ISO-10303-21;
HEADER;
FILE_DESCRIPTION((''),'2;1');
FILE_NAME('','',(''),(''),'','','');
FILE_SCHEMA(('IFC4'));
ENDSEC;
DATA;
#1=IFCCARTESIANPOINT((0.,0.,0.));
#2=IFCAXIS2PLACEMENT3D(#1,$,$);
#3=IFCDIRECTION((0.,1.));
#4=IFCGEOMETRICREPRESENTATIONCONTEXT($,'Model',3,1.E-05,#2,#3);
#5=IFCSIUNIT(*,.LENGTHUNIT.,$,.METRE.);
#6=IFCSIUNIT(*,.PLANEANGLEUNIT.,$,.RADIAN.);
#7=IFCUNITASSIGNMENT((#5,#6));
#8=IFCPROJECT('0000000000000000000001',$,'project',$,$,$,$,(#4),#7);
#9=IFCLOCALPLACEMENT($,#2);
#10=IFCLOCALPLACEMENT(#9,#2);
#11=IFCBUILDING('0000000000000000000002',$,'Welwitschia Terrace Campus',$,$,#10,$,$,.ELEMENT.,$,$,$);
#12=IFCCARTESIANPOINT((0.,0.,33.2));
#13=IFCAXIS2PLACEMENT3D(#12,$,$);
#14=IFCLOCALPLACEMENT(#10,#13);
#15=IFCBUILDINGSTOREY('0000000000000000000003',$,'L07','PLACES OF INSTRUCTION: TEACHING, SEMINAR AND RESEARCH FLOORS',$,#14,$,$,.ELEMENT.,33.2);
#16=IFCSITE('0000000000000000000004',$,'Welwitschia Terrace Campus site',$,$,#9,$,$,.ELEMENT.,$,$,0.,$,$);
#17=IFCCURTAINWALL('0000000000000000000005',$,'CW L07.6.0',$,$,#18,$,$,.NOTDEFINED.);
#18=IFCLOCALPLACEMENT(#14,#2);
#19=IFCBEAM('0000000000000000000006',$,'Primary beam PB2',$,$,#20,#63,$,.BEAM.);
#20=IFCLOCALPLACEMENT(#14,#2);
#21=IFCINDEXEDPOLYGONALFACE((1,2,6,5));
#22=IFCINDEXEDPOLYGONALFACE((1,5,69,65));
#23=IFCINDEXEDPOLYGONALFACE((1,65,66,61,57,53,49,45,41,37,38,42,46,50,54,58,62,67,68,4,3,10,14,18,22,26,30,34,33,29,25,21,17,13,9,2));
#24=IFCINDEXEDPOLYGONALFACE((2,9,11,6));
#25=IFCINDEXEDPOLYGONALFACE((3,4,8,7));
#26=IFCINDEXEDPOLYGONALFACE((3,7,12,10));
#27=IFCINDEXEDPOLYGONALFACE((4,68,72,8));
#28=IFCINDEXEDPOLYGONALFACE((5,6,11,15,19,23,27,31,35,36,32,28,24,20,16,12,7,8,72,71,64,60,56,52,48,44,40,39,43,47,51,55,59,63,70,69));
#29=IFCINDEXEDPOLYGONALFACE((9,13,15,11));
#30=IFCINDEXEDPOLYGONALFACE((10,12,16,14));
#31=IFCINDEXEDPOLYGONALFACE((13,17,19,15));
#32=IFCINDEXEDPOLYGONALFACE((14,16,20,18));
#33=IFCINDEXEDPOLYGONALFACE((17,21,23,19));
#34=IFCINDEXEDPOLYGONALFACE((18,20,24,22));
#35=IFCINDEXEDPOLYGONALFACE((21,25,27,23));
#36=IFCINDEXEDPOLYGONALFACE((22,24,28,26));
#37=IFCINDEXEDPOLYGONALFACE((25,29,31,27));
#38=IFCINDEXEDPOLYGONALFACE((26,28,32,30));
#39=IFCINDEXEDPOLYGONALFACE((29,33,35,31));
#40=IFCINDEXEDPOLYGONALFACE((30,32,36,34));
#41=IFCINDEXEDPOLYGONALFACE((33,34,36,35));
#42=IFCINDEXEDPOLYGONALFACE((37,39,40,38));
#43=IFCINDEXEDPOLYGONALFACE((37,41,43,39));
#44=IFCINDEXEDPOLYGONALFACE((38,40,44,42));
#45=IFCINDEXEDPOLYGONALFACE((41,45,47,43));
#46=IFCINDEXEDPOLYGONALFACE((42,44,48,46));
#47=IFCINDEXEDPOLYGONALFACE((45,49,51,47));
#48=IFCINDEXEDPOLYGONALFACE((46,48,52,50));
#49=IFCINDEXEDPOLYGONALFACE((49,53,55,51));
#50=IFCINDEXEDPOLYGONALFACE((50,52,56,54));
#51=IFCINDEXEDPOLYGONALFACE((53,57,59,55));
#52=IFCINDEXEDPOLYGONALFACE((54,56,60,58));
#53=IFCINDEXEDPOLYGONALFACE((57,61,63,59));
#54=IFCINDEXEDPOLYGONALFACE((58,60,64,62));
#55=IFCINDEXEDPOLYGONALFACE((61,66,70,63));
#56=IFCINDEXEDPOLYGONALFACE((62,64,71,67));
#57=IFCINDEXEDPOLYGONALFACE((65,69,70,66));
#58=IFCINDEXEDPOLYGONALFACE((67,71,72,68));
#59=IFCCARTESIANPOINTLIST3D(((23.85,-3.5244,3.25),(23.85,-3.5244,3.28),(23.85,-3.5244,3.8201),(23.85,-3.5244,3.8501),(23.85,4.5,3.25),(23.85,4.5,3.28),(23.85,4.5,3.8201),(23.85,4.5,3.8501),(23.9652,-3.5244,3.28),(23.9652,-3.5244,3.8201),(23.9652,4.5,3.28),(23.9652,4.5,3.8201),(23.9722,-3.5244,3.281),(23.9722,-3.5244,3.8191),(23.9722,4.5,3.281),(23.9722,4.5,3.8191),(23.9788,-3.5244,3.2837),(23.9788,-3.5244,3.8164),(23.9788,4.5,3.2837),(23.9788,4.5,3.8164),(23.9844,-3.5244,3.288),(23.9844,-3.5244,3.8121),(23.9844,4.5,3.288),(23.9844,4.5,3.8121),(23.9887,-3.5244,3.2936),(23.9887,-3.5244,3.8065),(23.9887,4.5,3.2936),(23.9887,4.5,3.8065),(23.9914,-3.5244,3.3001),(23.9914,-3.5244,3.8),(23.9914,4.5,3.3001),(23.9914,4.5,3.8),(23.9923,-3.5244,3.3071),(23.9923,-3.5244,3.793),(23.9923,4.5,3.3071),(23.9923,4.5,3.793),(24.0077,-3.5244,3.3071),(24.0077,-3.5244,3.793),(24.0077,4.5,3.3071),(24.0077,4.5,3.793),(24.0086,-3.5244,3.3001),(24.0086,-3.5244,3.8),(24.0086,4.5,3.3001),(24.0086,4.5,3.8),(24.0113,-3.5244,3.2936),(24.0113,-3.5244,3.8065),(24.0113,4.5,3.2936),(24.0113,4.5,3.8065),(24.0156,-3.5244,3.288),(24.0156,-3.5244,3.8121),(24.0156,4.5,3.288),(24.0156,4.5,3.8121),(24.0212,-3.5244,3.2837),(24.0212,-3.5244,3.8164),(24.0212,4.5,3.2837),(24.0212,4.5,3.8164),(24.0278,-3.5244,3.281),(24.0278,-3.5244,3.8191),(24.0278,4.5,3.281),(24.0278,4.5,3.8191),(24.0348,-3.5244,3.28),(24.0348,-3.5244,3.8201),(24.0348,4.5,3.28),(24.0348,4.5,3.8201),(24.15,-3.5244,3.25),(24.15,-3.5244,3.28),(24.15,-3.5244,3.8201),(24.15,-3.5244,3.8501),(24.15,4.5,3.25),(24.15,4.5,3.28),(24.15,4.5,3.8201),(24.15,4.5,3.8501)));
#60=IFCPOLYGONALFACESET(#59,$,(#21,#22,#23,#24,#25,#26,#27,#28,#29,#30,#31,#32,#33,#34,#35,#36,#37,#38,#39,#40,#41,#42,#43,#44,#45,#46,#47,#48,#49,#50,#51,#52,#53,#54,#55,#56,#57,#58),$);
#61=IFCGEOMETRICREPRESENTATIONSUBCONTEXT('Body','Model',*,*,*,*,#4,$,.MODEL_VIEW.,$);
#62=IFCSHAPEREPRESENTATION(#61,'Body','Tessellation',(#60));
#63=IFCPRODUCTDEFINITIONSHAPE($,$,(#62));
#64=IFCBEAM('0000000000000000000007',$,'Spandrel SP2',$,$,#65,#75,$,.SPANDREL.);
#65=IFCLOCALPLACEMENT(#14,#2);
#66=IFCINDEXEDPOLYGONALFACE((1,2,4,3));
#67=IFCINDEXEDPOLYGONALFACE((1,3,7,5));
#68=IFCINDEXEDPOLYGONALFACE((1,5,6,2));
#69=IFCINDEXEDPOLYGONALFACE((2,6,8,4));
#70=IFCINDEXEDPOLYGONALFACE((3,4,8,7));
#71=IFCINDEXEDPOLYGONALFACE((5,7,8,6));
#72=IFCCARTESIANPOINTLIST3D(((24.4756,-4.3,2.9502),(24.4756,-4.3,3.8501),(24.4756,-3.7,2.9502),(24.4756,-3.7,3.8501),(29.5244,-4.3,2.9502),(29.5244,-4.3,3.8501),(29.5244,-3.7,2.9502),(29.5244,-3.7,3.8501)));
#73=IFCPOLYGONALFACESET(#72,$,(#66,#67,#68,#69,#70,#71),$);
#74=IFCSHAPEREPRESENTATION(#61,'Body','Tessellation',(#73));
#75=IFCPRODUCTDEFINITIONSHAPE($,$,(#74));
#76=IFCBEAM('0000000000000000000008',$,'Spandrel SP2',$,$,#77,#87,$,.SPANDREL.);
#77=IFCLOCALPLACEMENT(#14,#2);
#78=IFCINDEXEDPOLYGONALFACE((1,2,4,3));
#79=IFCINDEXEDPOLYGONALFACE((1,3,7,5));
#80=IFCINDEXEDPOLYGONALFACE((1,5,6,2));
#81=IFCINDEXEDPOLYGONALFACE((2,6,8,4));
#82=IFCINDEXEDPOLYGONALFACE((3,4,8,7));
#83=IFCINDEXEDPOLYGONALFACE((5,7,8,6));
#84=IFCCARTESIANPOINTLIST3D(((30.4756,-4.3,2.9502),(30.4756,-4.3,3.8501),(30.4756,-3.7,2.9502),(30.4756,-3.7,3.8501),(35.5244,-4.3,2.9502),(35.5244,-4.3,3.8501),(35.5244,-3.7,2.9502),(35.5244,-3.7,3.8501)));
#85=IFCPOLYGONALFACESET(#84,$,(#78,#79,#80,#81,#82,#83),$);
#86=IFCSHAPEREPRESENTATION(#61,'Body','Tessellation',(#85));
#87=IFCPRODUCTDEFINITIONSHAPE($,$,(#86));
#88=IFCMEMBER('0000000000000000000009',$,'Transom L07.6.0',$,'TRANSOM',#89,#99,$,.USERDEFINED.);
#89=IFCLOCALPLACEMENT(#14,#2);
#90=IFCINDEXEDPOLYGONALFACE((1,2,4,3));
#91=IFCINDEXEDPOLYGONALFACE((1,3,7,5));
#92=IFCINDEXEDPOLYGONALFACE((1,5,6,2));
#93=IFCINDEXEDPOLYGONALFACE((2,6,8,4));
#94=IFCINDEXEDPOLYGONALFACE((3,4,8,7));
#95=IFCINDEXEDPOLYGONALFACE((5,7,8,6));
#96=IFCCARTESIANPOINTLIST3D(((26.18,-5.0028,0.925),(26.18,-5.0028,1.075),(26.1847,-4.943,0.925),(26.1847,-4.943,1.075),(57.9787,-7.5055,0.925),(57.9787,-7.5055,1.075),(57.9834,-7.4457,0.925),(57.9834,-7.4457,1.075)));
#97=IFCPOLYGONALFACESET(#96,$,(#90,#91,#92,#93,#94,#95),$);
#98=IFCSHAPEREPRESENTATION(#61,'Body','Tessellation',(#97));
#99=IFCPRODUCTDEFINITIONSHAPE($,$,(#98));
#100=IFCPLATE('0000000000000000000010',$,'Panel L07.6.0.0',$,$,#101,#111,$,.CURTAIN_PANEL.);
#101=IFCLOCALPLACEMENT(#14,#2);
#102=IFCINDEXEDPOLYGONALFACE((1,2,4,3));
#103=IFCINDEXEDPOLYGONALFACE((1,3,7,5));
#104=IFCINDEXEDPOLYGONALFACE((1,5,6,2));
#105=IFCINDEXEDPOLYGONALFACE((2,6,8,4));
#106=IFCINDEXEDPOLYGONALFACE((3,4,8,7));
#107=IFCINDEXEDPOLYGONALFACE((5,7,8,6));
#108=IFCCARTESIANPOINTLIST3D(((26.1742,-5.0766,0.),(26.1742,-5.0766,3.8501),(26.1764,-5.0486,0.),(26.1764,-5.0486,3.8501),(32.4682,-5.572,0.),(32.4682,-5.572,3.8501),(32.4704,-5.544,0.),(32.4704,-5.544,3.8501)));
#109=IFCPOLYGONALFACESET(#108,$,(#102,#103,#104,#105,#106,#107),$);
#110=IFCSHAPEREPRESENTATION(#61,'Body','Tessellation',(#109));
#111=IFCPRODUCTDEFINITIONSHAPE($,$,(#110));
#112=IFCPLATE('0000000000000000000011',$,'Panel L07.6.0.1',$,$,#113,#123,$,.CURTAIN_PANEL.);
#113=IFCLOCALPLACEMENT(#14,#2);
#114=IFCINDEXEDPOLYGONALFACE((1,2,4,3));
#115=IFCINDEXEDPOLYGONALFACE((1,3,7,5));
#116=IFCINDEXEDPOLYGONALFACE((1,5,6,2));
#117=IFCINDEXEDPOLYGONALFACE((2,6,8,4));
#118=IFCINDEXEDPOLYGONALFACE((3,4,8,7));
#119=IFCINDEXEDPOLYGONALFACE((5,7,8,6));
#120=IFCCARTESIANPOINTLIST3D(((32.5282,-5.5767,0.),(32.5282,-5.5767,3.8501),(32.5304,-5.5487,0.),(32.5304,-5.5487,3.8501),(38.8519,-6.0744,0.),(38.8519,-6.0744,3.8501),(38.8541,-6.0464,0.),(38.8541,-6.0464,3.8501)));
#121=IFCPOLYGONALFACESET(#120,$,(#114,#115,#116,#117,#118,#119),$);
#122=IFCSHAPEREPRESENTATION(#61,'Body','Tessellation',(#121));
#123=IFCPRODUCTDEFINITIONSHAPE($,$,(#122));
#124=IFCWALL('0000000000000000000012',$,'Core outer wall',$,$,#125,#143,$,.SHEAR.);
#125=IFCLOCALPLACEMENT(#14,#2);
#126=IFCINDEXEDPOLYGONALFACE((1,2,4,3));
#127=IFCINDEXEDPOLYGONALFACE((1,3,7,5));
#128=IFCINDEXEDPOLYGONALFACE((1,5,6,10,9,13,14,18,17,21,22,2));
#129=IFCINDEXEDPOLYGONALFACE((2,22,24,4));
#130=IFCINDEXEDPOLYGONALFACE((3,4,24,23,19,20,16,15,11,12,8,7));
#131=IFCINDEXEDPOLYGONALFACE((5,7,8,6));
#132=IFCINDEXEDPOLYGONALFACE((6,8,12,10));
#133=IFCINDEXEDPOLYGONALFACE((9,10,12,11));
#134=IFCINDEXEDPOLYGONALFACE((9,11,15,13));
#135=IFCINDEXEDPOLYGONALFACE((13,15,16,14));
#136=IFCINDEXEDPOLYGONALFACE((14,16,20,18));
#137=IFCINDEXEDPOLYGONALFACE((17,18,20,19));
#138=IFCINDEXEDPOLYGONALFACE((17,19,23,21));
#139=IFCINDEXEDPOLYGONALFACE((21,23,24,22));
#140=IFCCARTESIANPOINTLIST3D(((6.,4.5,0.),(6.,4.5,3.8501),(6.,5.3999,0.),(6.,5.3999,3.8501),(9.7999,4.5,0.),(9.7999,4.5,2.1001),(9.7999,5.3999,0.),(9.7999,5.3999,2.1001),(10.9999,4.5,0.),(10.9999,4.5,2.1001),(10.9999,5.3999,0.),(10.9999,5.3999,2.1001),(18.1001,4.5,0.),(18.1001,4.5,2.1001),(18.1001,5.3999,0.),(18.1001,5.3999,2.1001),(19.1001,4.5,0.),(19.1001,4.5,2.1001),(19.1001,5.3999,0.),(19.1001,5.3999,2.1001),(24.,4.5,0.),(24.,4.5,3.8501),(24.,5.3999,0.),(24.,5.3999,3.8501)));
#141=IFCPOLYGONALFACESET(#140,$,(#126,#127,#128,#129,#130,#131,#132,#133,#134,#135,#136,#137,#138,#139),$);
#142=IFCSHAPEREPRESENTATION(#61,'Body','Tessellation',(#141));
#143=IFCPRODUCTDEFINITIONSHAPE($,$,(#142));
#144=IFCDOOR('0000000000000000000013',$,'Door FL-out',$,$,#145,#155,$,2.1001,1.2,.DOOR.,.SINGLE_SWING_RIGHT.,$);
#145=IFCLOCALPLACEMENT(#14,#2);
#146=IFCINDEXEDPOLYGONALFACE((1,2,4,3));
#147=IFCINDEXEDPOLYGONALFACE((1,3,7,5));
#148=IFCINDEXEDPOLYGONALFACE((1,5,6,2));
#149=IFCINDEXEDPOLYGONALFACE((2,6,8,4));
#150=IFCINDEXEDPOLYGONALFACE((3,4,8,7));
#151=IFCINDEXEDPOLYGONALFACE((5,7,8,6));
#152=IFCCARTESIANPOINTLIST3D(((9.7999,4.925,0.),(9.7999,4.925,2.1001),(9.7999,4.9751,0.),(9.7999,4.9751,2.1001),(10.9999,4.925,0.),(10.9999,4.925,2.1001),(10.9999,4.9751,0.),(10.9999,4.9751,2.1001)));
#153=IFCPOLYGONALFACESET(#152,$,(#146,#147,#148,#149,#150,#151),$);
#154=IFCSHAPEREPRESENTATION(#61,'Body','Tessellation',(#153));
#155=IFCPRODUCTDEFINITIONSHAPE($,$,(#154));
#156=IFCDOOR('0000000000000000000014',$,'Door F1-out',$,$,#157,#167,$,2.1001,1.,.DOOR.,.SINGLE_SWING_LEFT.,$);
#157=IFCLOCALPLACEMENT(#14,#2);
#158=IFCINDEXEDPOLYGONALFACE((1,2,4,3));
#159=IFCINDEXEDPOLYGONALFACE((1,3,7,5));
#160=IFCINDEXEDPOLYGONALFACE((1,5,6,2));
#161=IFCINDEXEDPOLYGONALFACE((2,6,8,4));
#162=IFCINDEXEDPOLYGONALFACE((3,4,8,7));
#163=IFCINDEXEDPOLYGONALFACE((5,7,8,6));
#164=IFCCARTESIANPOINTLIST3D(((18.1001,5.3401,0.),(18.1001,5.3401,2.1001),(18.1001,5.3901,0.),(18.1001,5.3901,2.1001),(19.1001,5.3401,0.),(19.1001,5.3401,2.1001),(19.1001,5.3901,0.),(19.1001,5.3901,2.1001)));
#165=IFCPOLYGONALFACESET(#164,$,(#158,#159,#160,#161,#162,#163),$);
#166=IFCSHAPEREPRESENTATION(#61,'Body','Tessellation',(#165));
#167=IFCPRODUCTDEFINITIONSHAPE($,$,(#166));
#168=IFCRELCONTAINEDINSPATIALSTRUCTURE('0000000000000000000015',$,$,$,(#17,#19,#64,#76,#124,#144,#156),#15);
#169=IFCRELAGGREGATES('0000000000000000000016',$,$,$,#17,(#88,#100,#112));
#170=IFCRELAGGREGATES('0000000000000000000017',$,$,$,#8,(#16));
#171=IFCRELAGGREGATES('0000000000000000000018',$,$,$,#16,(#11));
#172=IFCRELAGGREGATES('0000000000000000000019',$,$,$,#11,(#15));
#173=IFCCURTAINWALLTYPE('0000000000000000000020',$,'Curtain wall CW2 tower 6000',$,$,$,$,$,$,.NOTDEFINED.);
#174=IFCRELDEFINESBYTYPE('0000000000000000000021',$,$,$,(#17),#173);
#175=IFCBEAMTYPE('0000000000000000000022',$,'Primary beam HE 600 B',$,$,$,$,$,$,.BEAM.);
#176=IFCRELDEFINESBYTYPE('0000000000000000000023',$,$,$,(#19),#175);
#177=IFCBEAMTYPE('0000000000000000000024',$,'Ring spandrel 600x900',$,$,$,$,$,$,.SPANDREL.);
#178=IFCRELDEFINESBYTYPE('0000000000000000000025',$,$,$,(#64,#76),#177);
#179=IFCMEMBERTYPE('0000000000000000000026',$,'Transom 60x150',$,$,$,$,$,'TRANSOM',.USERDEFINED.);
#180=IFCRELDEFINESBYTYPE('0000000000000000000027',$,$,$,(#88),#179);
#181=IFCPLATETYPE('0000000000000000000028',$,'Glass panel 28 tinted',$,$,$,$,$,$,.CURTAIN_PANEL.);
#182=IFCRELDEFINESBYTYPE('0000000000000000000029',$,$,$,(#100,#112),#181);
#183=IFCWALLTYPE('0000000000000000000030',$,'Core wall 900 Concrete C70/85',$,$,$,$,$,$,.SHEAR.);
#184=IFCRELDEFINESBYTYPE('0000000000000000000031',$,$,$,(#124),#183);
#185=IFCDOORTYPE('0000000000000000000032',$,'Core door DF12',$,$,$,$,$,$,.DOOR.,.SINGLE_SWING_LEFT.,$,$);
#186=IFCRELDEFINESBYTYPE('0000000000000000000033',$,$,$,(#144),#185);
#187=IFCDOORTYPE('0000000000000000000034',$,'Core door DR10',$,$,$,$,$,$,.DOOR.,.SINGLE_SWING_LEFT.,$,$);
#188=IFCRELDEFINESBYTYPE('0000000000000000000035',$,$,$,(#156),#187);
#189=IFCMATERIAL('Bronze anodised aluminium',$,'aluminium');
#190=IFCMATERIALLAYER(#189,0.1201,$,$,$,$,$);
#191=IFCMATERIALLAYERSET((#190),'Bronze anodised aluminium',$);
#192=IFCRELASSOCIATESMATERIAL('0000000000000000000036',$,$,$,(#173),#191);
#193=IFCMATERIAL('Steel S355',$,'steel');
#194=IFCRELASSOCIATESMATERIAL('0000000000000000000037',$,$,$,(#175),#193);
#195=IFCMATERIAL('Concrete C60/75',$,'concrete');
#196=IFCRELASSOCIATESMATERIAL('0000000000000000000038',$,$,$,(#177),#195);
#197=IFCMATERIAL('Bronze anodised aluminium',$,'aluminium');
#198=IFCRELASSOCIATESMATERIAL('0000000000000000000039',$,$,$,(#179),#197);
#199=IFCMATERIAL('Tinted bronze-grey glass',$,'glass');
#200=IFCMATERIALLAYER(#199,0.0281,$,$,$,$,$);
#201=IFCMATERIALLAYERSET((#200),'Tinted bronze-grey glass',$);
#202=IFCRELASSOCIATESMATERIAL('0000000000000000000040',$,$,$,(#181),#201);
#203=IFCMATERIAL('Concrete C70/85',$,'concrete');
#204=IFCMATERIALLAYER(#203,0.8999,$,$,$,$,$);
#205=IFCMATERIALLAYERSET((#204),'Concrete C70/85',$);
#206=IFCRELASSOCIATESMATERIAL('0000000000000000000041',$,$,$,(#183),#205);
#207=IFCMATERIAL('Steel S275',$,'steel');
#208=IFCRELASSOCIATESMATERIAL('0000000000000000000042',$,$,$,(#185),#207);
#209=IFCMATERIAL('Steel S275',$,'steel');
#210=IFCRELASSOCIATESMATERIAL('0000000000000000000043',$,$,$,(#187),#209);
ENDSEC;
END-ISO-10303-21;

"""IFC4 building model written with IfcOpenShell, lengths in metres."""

from ifc_helpers import new_model, si_unit, direction, frame, frame_2d, origin, origin_2d, place, context, subcontext, project, spatial, rectangle, i_section, extrude, material, layer, layer_set, material_profile, profile_set, type_object, element, fill, aggregate, save


model = new_model("IFC4")

# Units and contexts
model_context = context("Model", 3, precision=1e-05, world=origin(), true_north=direction((0.0, 1.0)))
body_context = subcontext(model_context, "Body", "Model", "MODEL_VIEW")
ifc_project = project(units=[si_unit("LENGTHUNIT", "METRE"), si_unit("PLANEANGLEUNIT", "RADIAN")], contexts=[model_context])

# Site, building, storey
site_placement = place(None, origin())
site = spatial("IfcSite", under=ifc_project, at=site_placement, Name="Welwitschia Terrace Campus site", CompositionType="ELEMENT", RefElevation=0.0)
building_placement = place(site_placement, origin())
building = spatial("IfcBuilding", under=site, at=building_placement, Name="Welwitschia Terrace Campus", CompositionType="ELEMENT")
storey_placement = place(building_placement, frame((0.0, 0.0, 33.2)))
storey = spatial("IfcBuildingStorey", under=building, at=storey_placement, Name="L07", Description="PLACES OF INSTRUCTION: TEACHING, SEMINAR AND RESEARCH FLOORS", CompositionType="ELEMENT", Elevation=33.2)

# Shared definitions
ifc_material_1 = material(Name="Bronze anodised aluminium", Category="aluminium")
ifc_layer_1 = layer(ifc_material_1, 0.1201)
ifc_layer_set_1 = layer_set([ifc_layer_1], Name="Bronze anodised aluminium")
curtain_wall_type = type_object("IfcCurtainWallType", Name="Curtain wall CW2 tower 6000", PredefinedType="NOTDEFINED", material=ifc_layer_set_1)

# Curtain wall
curtain_wall_1_placement = place(storey_placement, origin())
curtain_wall_1 = element("IfcCurtainWall", 1, at=curtain_wall_1_placement, inside=storey, type_object=curtain_wall_type, Name="CW L07.6.0", PredefinedType="NOTDEFINED")

# Beams
ifc_material_2 = material(Name="Steel S355", Category="steel")
ifc_material_profile_1 = material_profile(ifc_material_2, i_section(OverallWidth=0.3, OverallDepth=0.6001, WebThickness=0.0154, FlangeThickness=0.03, FilletRadius=0.0271, at=origin_2d()))
ifc_profile_set_1 = profile_set([ifc_material_profile_1], Name="Steel S355")
beam_type_1 = type_object("IfcBeamType", Name="Primary beam HE 600 B", PredefinedType="BEAM", material=ifc_profile_set_1)
beam_placement = place(storey_placement, frame((24.0, -3.5244, 3.55), z_axis=(0.0, 1.0, 0.0), x_axis=(-1.0, 0.0, 0.0)))
element("IfcBeam", 2, at=beam_placement, inside=storey, type_object=beam_type_1, Name="Primary beam PB2", PredefinedType="BEAM", context=body_context, shape_type="SweptSolid", body=[
    extrude(i_section(OverallWidth=0.3, OverallDepth=0.6001, WebThickness=0.0154, FlangeThickness=0.03, FilletRadius=0.0271, at=origin_2d()), origin(), (0.0, 0.0, 1.0), 8.0244),
])
ifc_material_3 = material(Name="Concrete C60/75", Category="concrete")
ifc_material_profile_2 = material_profile(ifc_material_3, rectangle(XDim=0.6001, YDim=0.8999, at=origin_2d()))
ifc_profile_set_2 = profile_set([ifc_material_profile_2], Name="Concrete C60/75")
beam_type_2 = type_object("IfcBeamType", Name="Ring spandrel 600x900", PredefinedType="SPANDREL", material=ifc_profile_set_2)
for number, where, z_axis, x_axis, name in (
    (3, (24.4756, -4.0, 3.4001), (1.0, 0.0, 0.0), (0.0, 1.0, 0.0), "Spandrel SP2"),
    (4, (30.4756, -4.0, 3.4001), (1.0, 0.0, 0.0), (0.0, 1.0, 0.0), "Spandrel SP2"),
):
    element("IfcBeam", number, at=place(storey_placement, frame(where, z_axis=z_axis, x_axis=x_axis)), inside=storey, type_object=beam_type_2, Name=name, PredefinedType="SPANDREL", context=body_context, shape_type="SweptSolid", body=[
        extrude(rectangle(XDim=0.6001, YDim=0.8999, at=origin_2d()), origin(), (0.0, 0.0, 1.0), 5.0488),
    ])

# Member
ifc_material_4 = material(Name="Bronze anodised aluminium", Category="aluminium")
ifc_material_profile_3 = material_profile(ifc_material_4, rectangle(XDim=0.0601, YDim=0.1499, at=origin_2d()))
ifc_profile_set_3 = profile_set([ifc_material_profile_3], Name="Bronze anodised aluminium")
member_type_1 = type_object("IfcMemberType", Name="Transom 60x150", ElementType="TRANSOM", PredefinedType="USERDEFINED", material=ifc_profile_set_3)
member_1_placement = place(storey_placement, frame((26.1824, -4.9729, 1.0), z_axis=(0.996917, -0.078462, 0.0), x_axis=(0.078462, 0.996917, 0.0)))
member_1 = element("IfcMember", 5, at=member_1_placement, type_object=member_type_1, Name="Transom L07.6.0", ObjectType="TRANSOM", PredefinedType="USERDEFINED", context=body_context, shape_type="SweptSolid", body=[
    extrude(rectangle(XDim=0.0601, YDim=0.1499, at=origin_2d()), origin(), (0.0, 0.0, 1.0), 31.897),
])

# Plates
ifc_material_5 = material(Name="Tinted bronze-grey glass", Category="glass")
ifc_layer_2 = layer(ifc_material_5, 0.0281)
ifc_layer_set_2 = layer_set([ifc_layer_2], Name="Tinted bronze-grey glass")
plate_type = type_object("IfcPlateType", Name="Glass panel 28 tinted", PredefinedType="CURTAIN_PANEL", material=ifc_layer_set_2)
plate_1_placement = place(storey_placement, frame((29.3223, -5.3103, 0.0), z_axis=(0.0, 0.0, 1.0), x_axis=(0.996917, -0.078459, 0.0)))
plate_1 = element("IfcPlate", 6, at=plate_1_placement, type_object=plate_type, Name="Panel L07.6.0.0", PredefinedType="CURTAIN_PANEL", context=body_context, shape_type="SweptSolid", body=[
    extrude(rectangle(XDim=6.3135, YDim=0.0281, at=origin_2d()), origin(), (0.0, 0.0, 1.0), 3.8501),
])
plate_2_placement = place(storey_placement, frame((35.6912, -5.8115, 0.0), z_axis=(0.0, 0.0, 1.0), x_axis=(0.996917, -0.078459, 0.0)))
plate_2 = element("IfcPlate", 7, at=plate_2_placement, type_object=plate_type, Name="Panel L07.6.0.1", PredefinedType="CURTAIN_PANEL", context=body_context, shape_type="SweptSolid", body=[
    extrude(rectangle(XDim=6.3433, YDim=0.0281, at=origin_2d()), origin(), (0.0, 0.0, 1.0), 3.8501),
])
aggregate(curtain_wall_1, [member_1, plate_1, plate_2])

# Wall, openings, doors
ifc_material_6 = material(Name="Concrete C70/85", Category="concrete")
ifc_layer_3 = layer(ifc_material_6, 0.8999)
ifc_layer_set_3 = layer_set([ifc_layer_3], Name="Concrete C70/85")
wall_type_1 = type_object("IfcWallType", Name="Core wall 900 Concrete C70/85", PredefinedType="SHEAR", material=ifc_layer_set_3)
wall_1_placement = place(storey_placement, frame((24.0, 4.95, 0.0), z_axis=(0.0, 0.0, 1.0), x_axis=(-1.0, 0.0, 0.0)))
wall_1 = element("IfcWall", 8, at=wall_1_placement, inside=storey, type_object=wall_type_1, Name="Core outer wall", PredefinedType="SHEAR", context=body_context, shape_type="SweptSolid", body=[
    extrude(rectangle(XDim=18.0, YDim=0.8999, at=frame_2d((9.0, 0.0))), origin(), (0.0, 0.0, 1.0), 3.8501),
])
opening_1_placement = place(wall_1_placement, frame((13.0, 0.0, 0.0)))
opening_1 = element("IfcOpeningElement", 9, at=opening_1_placement, cuts=wall_1, PredefinedType="OPENING", context=body_context, shape_type="SweptSolid", body=[
    extrude(rectangle(XDim=1.2, YDim=2.1001, at=frame_2d((0.6001, 1.05))), frame((0.0, 0.46, 0.0), z_axis=(0.0, -1.0, 0.0), x_axis=(1.0, 0.0, 0.0)), (0.0, 0.0, 1.0), 0.9199),
])
opening_2_placement = place(wall_1_placement, frame((4.8999, 0.0, 0.0)))
opening_2 = element("IfcOpeningElement", 10, at=opening_2_placement, cuts=wall_1, PredefinedType="OPENING", context=body_context, shape_type="SweptSolid", body=[
    extrude(rectangle(XDim=1.0, YDim=2.1001, at=frame_2d((0.5, 1.05))), frame((0.0, 0.46, 0.0), z_axis=(0.0, -1.0, 0.0), x_axis=(1.0, 0.0, 0.0)), (0.0, 0.0, 1.0), 0.9199),
])
ifc_material_7 = material(Name="Steel S275", Category="steel")
door_type_1 = type_object("IfcDoorType", Name="Core door DF12", OperationType="SINGLE_SWING_LEFT", PredefinedType="DOOR", material=ifc_material_7)
door_1_placement = place(opening_1_placement, origin())
door_1 = element("IfcDoor", 11, at=door_1_placement, inside=storey, type_object=door_type_1, Name="Door FL-out", OperationType="SINGLE_SWING_RIGHT", OverallHeight=2.1001, OverallWidth=1.2, PredefinedType="DOOR", context=body_context, shape_type="SweptSolid", body=[
    extrude(rectangle(XDim=1.2, YDim=2.1001, at=frame_2d((0.6001, 1.05))), frame((0.0, 0.0249, 0.0), z_axis=(0.0, -1.0, 0.0), x_axis=(1.0, 0.0, 0.0)), (0.0, 0.0, 1.0), 0.05),
])
fill(opening_1, door_1)
ifc_material_8 = material(Name="Steel S275", Category="steel")
door_type_2 = type_object("IfcDoorType", Name="Core door DR10", OperationType="SINGLE_SWING_LEFT", PredefinedType="DOOR", material=ifc_material_8)
door_2_placement = place(opening_2_placement, origin())
door_2 = element("IfcDoor", 12, at=door_2_placement, inside=storey, type_object=door_type_2, Name="Door F1-out", OperationType="SINGLE_SWING_LEFT", OverallHeight=2.1001, OverallWidth=1.0, PredefinedType="DOOR", context=body_context, shape_type="SweptSolid", body=[
    extrude(rectangle(XDim=1.0, YDim=2.1001, at=frame_2d((0.5, 1.05))), frame((0.0, -0.3901, 0.0), z_axis=(0.0, -1.0, 0.0), x_axis=(1.0, 0.0, 0.0)), (0.0, 0.0, 1.0), 0.05),
])
fill(opening_2, door_2)

save(model, "model.ifc")
